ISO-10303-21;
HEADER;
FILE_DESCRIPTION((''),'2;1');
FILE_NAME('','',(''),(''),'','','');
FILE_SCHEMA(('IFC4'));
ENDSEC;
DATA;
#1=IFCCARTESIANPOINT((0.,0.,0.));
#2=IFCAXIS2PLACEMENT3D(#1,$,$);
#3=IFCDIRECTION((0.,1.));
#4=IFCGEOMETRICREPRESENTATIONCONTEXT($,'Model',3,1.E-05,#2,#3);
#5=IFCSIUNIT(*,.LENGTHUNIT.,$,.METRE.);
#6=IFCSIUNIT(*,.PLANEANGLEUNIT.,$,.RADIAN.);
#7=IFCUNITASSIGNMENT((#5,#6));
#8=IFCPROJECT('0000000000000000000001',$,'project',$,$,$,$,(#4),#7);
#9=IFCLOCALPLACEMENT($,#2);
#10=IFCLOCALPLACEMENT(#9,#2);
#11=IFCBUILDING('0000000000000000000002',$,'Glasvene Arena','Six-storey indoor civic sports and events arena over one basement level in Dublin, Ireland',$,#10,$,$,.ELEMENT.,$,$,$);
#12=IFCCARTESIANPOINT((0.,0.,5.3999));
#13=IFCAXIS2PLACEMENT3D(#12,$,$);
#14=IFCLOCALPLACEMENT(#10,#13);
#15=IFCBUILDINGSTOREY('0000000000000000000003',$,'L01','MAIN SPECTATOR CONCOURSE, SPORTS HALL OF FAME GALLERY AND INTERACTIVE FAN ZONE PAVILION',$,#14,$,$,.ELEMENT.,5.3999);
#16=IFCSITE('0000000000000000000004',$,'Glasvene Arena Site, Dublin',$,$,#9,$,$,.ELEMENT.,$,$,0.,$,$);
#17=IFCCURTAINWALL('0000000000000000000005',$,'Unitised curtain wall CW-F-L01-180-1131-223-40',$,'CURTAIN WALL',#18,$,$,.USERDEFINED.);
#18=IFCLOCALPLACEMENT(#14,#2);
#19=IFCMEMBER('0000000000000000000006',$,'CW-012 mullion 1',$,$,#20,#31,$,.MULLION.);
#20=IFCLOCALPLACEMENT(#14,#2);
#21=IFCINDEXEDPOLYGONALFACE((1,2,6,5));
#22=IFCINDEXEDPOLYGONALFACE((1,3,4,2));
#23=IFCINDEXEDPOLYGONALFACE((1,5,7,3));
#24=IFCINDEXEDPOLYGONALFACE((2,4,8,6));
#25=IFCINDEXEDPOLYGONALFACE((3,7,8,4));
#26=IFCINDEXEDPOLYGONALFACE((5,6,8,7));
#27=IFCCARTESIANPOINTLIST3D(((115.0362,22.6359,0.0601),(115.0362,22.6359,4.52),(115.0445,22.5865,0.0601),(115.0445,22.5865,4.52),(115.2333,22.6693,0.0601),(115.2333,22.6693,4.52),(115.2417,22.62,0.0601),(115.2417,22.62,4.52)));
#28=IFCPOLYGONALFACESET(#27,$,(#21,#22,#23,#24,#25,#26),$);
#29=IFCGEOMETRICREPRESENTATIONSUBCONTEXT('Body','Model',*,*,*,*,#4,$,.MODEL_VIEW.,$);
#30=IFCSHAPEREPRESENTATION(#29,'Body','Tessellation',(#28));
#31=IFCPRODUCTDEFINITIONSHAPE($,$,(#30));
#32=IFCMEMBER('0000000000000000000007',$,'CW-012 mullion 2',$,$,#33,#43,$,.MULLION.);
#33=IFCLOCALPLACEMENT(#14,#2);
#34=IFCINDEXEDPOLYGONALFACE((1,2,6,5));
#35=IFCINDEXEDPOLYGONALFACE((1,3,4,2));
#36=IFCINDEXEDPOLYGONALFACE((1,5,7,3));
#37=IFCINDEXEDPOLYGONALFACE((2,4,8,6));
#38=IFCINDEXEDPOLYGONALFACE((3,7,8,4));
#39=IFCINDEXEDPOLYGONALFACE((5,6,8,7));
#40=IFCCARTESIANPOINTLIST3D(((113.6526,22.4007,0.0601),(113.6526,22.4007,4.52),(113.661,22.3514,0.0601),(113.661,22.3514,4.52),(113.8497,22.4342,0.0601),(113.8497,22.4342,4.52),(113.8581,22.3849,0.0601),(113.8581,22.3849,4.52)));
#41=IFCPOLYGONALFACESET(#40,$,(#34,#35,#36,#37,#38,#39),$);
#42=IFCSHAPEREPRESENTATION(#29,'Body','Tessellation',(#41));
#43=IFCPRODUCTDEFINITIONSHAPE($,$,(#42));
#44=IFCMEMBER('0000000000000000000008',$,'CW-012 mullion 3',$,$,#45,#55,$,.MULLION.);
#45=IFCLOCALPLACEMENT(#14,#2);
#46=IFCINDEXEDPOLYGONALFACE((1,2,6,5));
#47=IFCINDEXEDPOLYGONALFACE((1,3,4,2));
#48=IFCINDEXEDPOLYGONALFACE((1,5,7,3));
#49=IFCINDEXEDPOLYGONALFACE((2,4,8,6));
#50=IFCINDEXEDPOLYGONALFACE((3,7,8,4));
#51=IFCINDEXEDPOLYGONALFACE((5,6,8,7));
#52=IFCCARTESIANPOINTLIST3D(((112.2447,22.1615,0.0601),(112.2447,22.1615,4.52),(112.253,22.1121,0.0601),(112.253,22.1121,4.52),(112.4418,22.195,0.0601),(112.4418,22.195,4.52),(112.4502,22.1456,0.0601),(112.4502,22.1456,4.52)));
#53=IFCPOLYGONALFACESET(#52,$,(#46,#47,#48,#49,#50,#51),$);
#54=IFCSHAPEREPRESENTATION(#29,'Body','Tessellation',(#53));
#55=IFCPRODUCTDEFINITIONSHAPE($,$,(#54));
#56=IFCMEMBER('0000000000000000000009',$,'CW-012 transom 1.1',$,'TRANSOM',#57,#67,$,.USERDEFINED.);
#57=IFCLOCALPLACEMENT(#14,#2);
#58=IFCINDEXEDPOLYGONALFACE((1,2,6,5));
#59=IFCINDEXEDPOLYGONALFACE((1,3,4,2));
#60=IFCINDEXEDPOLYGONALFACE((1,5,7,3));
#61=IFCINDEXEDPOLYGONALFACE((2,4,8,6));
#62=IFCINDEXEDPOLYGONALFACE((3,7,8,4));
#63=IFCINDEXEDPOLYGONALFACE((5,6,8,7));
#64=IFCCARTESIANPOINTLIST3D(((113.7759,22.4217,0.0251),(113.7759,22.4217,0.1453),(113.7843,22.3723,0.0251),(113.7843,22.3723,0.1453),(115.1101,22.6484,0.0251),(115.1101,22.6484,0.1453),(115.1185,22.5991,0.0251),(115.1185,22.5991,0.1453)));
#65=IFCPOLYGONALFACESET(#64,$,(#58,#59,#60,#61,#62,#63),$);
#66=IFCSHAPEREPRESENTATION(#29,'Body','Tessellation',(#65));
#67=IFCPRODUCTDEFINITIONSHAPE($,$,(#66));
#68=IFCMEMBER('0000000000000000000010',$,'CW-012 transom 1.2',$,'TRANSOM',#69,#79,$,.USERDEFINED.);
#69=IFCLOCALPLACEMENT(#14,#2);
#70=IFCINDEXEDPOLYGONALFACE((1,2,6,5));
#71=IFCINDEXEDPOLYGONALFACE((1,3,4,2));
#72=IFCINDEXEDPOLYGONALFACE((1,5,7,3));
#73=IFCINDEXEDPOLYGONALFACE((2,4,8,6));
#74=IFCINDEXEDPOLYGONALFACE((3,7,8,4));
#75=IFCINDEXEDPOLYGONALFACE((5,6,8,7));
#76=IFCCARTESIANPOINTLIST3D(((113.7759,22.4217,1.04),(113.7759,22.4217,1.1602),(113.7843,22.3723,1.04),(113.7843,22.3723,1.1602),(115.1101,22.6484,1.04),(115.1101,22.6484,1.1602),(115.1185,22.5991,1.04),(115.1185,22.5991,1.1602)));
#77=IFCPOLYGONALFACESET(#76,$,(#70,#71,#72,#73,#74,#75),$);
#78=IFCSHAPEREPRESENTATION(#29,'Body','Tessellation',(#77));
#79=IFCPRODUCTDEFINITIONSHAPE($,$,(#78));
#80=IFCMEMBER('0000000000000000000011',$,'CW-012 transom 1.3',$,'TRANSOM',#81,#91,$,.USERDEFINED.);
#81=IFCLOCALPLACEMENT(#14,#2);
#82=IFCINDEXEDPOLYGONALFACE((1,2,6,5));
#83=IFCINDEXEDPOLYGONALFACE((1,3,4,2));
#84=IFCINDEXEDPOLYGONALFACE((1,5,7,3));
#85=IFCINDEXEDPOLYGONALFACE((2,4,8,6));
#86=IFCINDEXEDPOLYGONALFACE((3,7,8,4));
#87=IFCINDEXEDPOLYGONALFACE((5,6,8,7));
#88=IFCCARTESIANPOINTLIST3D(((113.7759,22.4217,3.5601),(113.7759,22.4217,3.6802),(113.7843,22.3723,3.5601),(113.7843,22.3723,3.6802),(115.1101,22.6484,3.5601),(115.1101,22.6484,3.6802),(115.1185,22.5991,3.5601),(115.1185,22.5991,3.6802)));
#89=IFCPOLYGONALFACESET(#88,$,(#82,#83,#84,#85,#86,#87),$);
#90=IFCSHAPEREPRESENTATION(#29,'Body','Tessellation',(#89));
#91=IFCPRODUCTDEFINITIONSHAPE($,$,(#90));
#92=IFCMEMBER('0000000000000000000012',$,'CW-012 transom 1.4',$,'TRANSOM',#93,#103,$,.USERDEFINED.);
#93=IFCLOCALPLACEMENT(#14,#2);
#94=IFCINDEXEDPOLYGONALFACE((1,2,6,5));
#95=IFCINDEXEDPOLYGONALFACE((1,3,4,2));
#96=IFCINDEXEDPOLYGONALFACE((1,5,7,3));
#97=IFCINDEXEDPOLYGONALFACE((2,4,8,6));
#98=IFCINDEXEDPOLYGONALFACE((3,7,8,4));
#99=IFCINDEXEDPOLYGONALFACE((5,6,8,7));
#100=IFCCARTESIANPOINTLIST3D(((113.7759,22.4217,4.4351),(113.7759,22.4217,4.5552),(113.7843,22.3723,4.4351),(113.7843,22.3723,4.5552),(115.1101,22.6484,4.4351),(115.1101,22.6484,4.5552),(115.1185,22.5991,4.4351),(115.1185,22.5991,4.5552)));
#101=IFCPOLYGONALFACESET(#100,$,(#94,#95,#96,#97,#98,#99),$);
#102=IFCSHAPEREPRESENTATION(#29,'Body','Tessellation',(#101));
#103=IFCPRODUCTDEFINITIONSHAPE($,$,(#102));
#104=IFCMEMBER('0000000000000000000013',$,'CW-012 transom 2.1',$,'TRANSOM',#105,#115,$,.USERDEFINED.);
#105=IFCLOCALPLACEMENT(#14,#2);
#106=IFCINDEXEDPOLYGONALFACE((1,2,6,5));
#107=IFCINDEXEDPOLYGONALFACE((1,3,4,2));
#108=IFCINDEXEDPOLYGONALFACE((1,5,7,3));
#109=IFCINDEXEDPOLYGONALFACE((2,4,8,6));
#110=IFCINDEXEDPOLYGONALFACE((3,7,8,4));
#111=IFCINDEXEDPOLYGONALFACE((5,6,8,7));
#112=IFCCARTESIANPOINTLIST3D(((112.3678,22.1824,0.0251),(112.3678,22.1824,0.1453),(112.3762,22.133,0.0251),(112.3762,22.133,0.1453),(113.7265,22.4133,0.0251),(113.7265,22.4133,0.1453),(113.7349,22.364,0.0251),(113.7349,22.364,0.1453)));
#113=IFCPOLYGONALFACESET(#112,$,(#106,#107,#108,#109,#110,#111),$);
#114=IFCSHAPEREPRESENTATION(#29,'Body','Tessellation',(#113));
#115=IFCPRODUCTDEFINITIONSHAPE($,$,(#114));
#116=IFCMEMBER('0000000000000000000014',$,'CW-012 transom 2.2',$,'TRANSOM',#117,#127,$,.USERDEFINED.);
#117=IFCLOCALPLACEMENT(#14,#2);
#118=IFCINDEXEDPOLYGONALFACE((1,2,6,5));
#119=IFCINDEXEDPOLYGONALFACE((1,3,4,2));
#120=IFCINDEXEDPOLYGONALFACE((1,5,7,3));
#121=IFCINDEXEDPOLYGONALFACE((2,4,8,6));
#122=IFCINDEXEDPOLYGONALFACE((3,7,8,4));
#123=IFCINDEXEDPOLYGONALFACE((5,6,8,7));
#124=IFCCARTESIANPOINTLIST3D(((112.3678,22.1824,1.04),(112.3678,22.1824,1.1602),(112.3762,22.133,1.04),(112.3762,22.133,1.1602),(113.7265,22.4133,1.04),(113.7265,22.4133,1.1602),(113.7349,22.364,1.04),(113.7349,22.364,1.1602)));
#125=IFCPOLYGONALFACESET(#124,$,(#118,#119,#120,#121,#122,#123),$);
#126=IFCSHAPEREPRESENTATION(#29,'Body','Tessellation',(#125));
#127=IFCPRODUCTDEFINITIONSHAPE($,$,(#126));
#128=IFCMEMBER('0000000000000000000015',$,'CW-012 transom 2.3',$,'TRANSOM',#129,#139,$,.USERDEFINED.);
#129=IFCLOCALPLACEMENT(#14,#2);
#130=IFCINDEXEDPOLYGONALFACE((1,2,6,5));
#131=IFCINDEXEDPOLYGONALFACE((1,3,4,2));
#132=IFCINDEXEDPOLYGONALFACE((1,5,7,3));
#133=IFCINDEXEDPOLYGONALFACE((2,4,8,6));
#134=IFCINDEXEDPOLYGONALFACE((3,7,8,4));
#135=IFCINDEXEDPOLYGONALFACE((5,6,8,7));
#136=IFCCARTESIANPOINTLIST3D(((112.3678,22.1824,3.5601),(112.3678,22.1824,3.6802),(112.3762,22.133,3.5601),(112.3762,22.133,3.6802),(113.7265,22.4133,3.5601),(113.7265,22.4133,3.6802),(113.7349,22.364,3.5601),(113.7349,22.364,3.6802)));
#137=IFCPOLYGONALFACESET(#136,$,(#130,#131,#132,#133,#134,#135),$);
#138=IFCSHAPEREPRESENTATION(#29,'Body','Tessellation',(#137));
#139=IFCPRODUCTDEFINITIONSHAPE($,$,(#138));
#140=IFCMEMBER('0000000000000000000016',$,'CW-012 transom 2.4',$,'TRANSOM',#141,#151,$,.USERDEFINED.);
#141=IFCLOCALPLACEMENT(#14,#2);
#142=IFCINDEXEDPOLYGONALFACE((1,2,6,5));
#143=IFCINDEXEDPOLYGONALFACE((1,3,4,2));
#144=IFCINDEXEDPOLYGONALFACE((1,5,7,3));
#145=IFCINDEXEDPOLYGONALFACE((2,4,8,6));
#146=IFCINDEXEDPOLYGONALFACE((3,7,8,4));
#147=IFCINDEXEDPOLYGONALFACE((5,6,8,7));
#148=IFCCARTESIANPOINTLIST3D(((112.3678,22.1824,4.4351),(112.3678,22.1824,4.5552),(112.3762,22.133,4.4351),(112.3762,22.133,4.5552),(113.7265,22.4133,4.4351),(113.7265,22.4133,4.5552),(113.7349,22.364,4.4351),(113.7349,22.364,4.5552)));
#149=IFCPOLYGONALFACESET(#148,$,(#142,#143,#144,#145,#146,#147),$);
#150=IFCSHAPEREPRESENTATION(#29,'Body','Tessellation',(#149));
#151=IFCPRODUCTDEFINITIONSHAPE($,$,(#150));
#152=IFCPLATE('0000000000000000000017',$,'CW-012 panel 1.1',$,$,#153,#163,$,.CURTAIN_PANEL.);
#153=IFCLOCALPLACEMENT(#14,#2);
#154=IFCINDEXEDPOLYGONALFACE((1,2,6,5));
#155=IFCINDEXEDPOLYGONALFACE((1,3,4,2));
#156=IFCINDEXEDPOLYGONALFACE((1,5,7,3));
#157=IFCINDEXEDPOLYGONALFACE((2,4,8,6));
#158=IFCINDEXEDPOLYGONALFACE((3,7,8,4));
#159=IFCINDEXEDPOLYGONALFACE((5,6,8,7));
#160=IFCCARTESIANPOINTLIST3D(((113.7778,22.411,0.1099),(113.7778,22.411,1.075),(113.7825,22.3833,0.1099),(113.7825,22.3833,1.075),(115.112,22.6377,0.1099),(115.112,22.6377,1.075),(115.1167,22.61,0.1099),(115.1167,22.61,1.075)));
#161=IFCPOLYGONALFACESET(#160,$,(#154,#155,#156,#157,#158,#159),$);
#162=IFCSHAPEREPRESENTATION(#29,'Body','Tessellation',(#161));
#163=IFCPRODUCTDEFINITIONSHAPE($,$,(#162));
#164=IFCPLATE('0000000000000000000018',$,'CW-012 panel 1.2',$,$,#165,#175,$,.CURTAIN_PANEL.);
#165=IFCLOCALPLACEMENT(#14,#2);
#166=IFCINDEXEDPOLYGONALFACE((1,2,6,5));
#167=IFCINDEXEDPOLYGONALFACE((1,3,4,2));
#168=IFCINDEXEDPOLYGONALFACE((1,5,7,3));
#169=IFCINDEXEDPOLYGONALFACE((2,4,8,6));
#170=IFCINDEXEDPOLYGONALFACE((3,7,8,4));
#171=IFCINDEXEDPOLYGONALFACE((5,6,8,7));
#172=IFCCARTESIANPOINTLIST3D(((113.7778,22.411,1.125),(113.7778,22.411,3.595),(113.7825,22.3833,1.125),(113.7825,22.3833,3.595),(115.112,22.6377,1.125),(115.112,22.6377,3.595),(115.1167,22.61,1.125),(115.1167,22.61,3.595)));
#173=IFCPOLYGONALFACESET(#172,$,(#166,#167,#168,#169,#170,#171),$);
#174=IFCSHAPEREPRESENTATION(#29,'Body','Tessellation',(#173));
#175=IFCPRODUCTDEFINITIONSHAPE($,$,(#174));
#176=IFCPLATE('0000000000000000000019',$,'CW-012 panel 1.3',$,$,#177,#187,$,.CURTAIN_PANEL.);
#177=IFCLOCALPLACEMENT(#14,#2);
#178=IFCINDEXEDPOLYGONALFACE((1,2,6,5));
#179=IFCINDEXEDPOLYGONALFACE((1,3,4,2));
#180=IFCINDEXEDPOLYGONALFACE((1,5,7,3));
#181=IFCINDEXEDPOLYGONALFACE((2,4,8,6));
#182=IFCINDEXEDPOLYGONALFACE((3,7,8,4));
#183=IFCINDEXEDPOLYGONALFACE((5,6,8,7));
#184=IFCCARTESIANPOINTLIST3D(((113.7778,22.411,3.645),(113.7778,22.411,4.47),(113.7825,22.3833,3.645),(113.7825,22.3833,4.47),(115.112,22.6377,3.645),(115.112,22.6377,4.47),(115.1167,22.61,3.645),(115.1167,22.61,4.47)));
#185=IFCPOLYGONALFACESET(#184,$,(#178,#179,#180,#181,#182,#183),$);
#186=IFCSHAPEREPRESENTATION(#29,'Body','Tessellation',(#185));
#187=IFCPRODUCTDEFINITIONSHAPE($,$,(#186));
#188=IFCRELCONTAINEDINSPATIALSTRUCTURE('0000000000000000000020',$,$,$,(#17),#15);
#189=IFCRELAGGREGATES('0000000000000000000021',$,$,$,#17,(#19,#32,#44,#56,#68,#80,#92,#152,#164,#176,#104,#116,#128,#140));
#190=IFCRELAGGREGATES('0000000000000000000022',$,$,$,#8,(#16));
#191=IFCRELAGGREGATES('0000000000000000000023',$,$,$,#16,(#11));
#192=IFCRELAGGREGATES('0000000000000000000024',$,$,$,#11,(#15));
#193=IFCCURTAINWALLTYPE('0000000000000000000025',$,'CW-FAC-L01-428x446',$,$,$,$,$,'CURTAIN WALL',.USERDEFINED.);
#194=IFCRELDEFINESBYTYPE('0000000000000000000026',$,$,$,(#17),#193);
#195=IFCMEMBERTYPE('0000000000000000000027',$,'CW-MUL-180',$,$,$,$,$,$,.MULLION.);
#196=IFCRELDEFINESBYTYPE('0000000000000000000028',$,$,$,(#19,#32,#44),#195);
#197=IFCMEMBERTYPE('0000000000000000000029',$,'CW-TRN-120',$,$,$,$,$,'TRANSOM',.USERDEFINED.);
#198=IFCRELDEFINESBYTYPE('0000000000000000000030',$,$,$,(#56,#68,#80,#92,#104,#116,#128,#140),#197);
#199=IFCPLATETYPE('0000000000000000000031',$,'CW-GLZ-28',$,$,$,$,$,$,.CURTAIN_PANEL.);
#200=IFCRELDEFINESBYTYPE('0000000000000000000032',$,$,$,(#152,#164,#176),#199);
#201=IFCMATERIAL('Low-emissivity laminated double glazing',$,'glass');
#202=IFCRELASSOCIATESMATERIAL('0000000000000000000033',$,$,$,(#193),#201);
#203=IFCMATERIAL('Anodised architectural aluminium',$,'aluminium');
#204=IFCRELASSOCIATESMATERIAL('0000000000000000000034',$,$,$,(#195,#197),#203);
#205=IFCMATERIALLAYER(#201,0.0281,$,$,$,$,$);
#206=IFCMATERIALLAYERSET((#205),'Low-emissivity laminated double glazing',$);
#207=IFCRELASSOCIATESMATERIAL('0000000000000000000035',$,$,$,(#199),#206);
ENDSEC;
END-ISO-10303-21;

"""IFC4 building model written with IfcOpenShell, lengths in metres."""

from ifc_helpers import new_model, si_unit, direction, frame, origin, origin_2d, place, context, subcontext, project, spatial, rectangle, extrude, material, layer, layer_set, material_profile, profile_set, type_object, element, aggregate, save


model = new_model("IFC4")

# Units and contexts
model_context = context("Model", 3, precision=1e-05, world=origin(), true_north=direction((0.0, 1.0)))
body_context = subcontext(model_context, "Body", "Model", "MODEL_VIEW")
ifc_project = project(units=[si_unit("LENGTHUNIT", "METRE"), si_unit("PLANEANGLEUNIT", "RADIAN")], contexts=[model_context])

# Site, building, storey
site_placement = place(None, origin())
site = spatial("IfcSite", under=ifc_project, at=site_placement, Name="Glasvene Arena Site, Dublin", CompositionType="ELEMENT", RefElevation=0.0)
building_placement = place(site_placement, origin())
building = spatial("IfcBuilding", under=site, at=building_placement, Name="Glasvene Arena", Description="Six-storey indoor civic sports and events arena over one basement level in Dublin, Ireland", CompositionType="ELEMENT")
storey_placement = place(building_placement, frame((0.0, 0.0, 5.3999)))
storey = spatial("IfcBuildingStorey", under=building, at=storey_placement, Name="L01", Description="MAIN SPECTATOR CONCOURSE, SPORTS HALL OF FAME GALLERY AND INTERACTIVE FAN ZONE PAVILION", CompositionType="ELEMENT", Elevation=5.3999)

# Curtain wall, members, plates
ifc_material_1 = material(Name="Low-emissivity laminated double glazing", Category="glass")
curtain_wall_type = type_object("IfcCurtainWallType", Name="CW-FAC-L01-428x446", ElementType="CURTAIN WALL", PredefinedType="USERDEFINED", material=ifc_material_1)
curtain_wall_placement = place(storey_placement, frame((115.1636, 22.6321, 0.0)))
curtain_wall = element("IfcCurtainWall", 1, at=curtain_wall_placement, inside=storey, type_object=curtain_wall_type, Name="Unitised curtain wall CW-F-L01-180-1131-223-40", ObjectType="CURTAIN WALL", PredefinedType="USERDEFINED")
ifc_material_2 = material(Name="Anodised architectural aluminium", Category="aluminium")
ifc_material_profile_1 = material_profile(ifc_material_2, rectangle(XDim=0.05, YDim=0.2, at=origin_2d()), Name="ALU MULLION 50x200")
ifc_profile_set_1 = profile_set([ifc_material_profile_1], Name="Anodised architectural aluminium")
member_type_1 = type_object("IfcMemberType", Name="CW-MUL-180", PredefinedType="MULLION", material=ifc_profile_set_1)
member_1_placement = place(storey_placement, frame((115.1389, 22.6279, 0.0601), z_axis=(0.0, 0.0, 1.0), x_axis=(0.167505, -0.985871, 0.0)))
member_1 = element("IfcMember", 2, at=member_1_placement, type_object=member_type_1, Name="CW-012 mullion 1", PredefinedType="MULLION", context=body_context, shape_type="SweptSolid", body=[
    extrude(rectangle(XDim=0.05, YDim=0.2, at=origin_2d()), origin(), (0.0, 0.0, 1.0), 4.46),
])
member_2_placement = place(storey_placement, frame((113.7554, 22.3928, 0.0601), z_axis=(0.0, 0.0, 1.0), x_axis=(0.167505, -0.985871, 0.0)))
member_2 = element("IfcMember", 3, at=member_2_placement, type_object=member_type_1, Name="CW-012 mullion 2", PredefinedType="MULLION", context=body_context, shape_type="SweptSolid", body=[
    extrude(rectangle(XDim=0.05, YDim=0.2, at=origin_2d()), origin(), (0.0, 0.0, 1.0), 4.46),
])
member_3_placement = place(storey_placement, frame((112.3474, 22.1536, 0.0601), z_axis=(0.0, 0.0, 1.0), x_axis=(0.167505, -0.985871, 0.0)))
member_3 = element("IfcMember", 4, at=member_3_placement, type_object=member_type_1, Name="CW-012 mullion 3", PredefinedType="MULLION", context=body_context, shape_type="SweptSolid", body=[
    extrude(rectangle(XDim=0.05, YDim=0.2, at=origin_2d()), origin(), (0.0, 0.0, 1.0), 4.46),
])
ifc_material_profile_2 = material_profile(ifc_material_2, rectangle(XDim=0.05, YDim=0.1201, at=origin_2d()), Name="ALU TRANSOM 50x120")
ifc_profile_set_2 = profile_set([ifc_material_profile_2], Name="Anodised architectural aluminium")
member_type_2 = type_object("IfcMemberType", Name="CW-TRN-120", ElementType="TRANSOM", PredefinedType="USERDEFINED", material=ifc_profile_set_2)
member_4_placement = place(storey_placement, frame((115.1143, 22.6238, 0.0852), z_axis=(-0.985857, -0.167587, 0.0), x_axis=(0.167587, -0.985857, 0.0)))
member_4 = element("IfcMember", 5, at=member_4_placement, type_object=member_type_2, Name="CW-012 transom 1.1", ObjectType="TRANSOM", PredefinedType="USERDEFINED", context=body_context, shape_type="SweptSolid", body=[
    extrude(rectangle(XDim=0.05, YDim=0.1201, at=origin_2d()), origin(), (0.0, 0.0, 1.0), 1.3533),
])
member_5_placement = place(storey_placement, frame((115.1143, 22.6238, 1.1001), z_axis=(-0.985857, -0.167587, 0.0), x_axis=(0.167587, -0.985857, 0.0)))
member_5 = element("IfcMember", 6, at=member_5_placement, type_object=member_type_2, Name="CW-012 transom 1.2", ObjectType="TRANSOM", PredefinedType="USERDEFINED", context=body_context, shape_type="SweptSolid", body=[
    extrude(rectangle(XDim=0.05, YDim=0.1201, at=origin_2d()), origin(), (0.0, 0.0, 1.0), 1.3533),
])
member_6_placement = place(storey_placement, frame((115.1143, 22.6238, 3.6201), z_axis=(-0.985857, -0.167587, 0.0), x_axis=(0.167587, -0.985857, 0.0)))
member_6 = element("IfcMember", 7, at=member_6_placement, type_object=member_type_2, Name="CW-012 transom 1.3", ObjectType="TRANSOM", PredefinedType="USERDEFINED", context=body_context, shape_type="SweptSolid", body=[
    extrude(rectangle(XDim=0.05, YDim=0.1201, at=origin_2d()), origin(), (0.0, 0.0, 1.0), 1.3533),
])
member_7_placement = place(storey_placement, frame((115.1143, 22.6238, 4.4951), z_axis=(-0.985857, -0.167587, 0.0), x_axis=(0.167587, -0.985857, 0.0)))
member_7 = element("IfcMember", 8, at=member_7_placement, type_object=member_type_2, Name="CW-012 transom 1.4", ObjectType="TRANSOM", PredefinedType="USERDEFINED", context=body_context, shape_type="SweptSolid", body=[
    extrude(rectangle(XDim=0.05, YDim=0.1201, at=origin_2d()), origin(), (0.0, 0.0, 1.0), 1.3533),
])
member_8_placement = place(storey_placement, frame((113.7307, 22.3887, 0.0852), z_axis=(-0.985857, -0.167587, 0.0), x_axis=(0.167587, -0.985857, 0.0)))
member_8 = element("IfcMember", 9, at=member_8_placement, type_object=member_type_2, Name="CW-012 transom 2.1", ObjectType="TRANSOM", PredefinedType="USERDEFINED", context=body_context, shape_type="SweptSolid", body=[
    extrude(rectangle(XDim=0.05, YDim=0.1201, at=origin_2d()), origin(), (0.0, 0.0, 1.0), 1.3782),
])
member_9_placement = place(storey_placement, frame((113.7307, 22.3887, 1.1001), z_axis=(-0.985857, -0.167587, 0.0), x_axis=(0.167587, -0.985857, 0.0)))
member_9 = element("IfcMember", 10, at=member_9_placement, type_object=member_type_2, Name="CW-012 transom 2.2", ObjectType="TRANSOM", PredefinedType="USERDEFINED", context=body_context, shape_type="SweptSolid", body=[
    extrude(rectangle(XDim=0.05, YDim=0.1201, at=origin_2d()), origin(), (0.0, 0.0, 1.0), 1.3782),
])
member_10_placement = place(storey_placement, frame((113.7307, 22.3887, 3.6201), z_axis=(-0.985857, -0.167587, 0.0), x_axis=(0.167587, -0.985857, 0.0)))
member_10 = element("IfcMember", 11, at=member_10_placement, type_object=member_type_2, Name="CW-012 transom 2.3", ObjectType="TRANSOM", PredefinedType="USERDEFINED", context=body_context, shape_type="SweptSolid", body=[
    extrude(rectangle(XDim=0.05, YDim=0.1201, at=origin_2d()), origin(), (0.0, 0.0, 1.0), 1.3782),
])
member_11_placement = place(storey_placement, frame((113.7307, 22.3887, 4.4951), z_axis=(-0.985857, -0.167587, 0.0), x_axis=(0.167587, -0.985857, 0.0)))
member_11 = element("IfcMember", 12, at=member_11_placement, type_object=member_type_2, Name="CW-012 transom 2.4", ObjectType="TRANSOM", PredefinedType="USERDEFINED", context=body_context, shape_type="SweptSolid", body=[
    extrude(rectangle(XDim=0.05, YDim=0.1201, at=origin_2d()), origin(), (0.0, 0.0, 1.0), 1.3782),
])
ifc_layer_1 = layer(ifc_material_1, 0.0281)
ifc_layer_set_1 = layer_set([ifc_layer_1], Name="Low-emissivity laminated double glazing")
plate_type = type_object("IfcPlateType", Name="CW-GLZ-28", PredefinedType="CURTAIN_PANEL", material=ifc_layer_set_1)
plate_1_placement = place(storey_placement, frame((114.4473, 22.5105, 0.1099), z_axis=(0.0, 0.0, 1.0), x_axis=(-0.985871, -0.167505, 0.0)))
plate_1 = element("IfcPlate", 13, at=plate_1_placement, type_object=plate_type, Name="CW-012 panel 1.1", PredefinedType="CURTAIN_PANEL", context=body_context, shape_type="SweptSolid", body=[
    extrude(rectangle(XDim=1.3533, YDim=0.0281, at=origin_2d()), origin(), (0.0, 0.0, 1.0), 0.9651),
])
plate_2_placement = place(storey_placement, frame((114.4473, 22.5105, 1.125), z_axis=(0.0, 0.0, 1.0), x_axis=(-0.985871, -0.167505, 0.0)))
plate_2 = element("IfcPlate", 14, at=plate_2_placement, type_object=plate_type, Name="CW-012 panel 1.2", PredefinedType="CURTAIN_PANEL", context=body_context, shape_type="SweptSolid", body=[
    extrude(rectangle(XDim=1.3533, YDim=0.0281, at=origin_2d()), origin(), (0.0, 0.0, 1.0), 2.47),
])
plate_3_placement = place(storey_placement, frame((114.4473, 22.5105, 3.645), z_axis=(0.0, 0.0, 1.0), x_axis=(-0.985871, -0.167505, 0.0)))
plate_3 = element("IfcPlate", 15, at=plate_3_placement, type_object=plate_type, Name="CW-012 panel 1.3", PredefinedType="CURTAIN_PANEL", context=body_context, shape_type="SweptSolid", body=[
    extrude(rectangle(XDim=1.3533, YDim=0.0281, at=origin_2d()), origin(), (0.0, 0.0, 1.0), 0.825),
])
aggregate(curtain_wall, [member_1, member_2, member_3, member_4, member_5, member_6, member_7, plate_1, plate_2, plate_3, member_8, member_9, member_10, member_11])

save(model, "model.ifc")
